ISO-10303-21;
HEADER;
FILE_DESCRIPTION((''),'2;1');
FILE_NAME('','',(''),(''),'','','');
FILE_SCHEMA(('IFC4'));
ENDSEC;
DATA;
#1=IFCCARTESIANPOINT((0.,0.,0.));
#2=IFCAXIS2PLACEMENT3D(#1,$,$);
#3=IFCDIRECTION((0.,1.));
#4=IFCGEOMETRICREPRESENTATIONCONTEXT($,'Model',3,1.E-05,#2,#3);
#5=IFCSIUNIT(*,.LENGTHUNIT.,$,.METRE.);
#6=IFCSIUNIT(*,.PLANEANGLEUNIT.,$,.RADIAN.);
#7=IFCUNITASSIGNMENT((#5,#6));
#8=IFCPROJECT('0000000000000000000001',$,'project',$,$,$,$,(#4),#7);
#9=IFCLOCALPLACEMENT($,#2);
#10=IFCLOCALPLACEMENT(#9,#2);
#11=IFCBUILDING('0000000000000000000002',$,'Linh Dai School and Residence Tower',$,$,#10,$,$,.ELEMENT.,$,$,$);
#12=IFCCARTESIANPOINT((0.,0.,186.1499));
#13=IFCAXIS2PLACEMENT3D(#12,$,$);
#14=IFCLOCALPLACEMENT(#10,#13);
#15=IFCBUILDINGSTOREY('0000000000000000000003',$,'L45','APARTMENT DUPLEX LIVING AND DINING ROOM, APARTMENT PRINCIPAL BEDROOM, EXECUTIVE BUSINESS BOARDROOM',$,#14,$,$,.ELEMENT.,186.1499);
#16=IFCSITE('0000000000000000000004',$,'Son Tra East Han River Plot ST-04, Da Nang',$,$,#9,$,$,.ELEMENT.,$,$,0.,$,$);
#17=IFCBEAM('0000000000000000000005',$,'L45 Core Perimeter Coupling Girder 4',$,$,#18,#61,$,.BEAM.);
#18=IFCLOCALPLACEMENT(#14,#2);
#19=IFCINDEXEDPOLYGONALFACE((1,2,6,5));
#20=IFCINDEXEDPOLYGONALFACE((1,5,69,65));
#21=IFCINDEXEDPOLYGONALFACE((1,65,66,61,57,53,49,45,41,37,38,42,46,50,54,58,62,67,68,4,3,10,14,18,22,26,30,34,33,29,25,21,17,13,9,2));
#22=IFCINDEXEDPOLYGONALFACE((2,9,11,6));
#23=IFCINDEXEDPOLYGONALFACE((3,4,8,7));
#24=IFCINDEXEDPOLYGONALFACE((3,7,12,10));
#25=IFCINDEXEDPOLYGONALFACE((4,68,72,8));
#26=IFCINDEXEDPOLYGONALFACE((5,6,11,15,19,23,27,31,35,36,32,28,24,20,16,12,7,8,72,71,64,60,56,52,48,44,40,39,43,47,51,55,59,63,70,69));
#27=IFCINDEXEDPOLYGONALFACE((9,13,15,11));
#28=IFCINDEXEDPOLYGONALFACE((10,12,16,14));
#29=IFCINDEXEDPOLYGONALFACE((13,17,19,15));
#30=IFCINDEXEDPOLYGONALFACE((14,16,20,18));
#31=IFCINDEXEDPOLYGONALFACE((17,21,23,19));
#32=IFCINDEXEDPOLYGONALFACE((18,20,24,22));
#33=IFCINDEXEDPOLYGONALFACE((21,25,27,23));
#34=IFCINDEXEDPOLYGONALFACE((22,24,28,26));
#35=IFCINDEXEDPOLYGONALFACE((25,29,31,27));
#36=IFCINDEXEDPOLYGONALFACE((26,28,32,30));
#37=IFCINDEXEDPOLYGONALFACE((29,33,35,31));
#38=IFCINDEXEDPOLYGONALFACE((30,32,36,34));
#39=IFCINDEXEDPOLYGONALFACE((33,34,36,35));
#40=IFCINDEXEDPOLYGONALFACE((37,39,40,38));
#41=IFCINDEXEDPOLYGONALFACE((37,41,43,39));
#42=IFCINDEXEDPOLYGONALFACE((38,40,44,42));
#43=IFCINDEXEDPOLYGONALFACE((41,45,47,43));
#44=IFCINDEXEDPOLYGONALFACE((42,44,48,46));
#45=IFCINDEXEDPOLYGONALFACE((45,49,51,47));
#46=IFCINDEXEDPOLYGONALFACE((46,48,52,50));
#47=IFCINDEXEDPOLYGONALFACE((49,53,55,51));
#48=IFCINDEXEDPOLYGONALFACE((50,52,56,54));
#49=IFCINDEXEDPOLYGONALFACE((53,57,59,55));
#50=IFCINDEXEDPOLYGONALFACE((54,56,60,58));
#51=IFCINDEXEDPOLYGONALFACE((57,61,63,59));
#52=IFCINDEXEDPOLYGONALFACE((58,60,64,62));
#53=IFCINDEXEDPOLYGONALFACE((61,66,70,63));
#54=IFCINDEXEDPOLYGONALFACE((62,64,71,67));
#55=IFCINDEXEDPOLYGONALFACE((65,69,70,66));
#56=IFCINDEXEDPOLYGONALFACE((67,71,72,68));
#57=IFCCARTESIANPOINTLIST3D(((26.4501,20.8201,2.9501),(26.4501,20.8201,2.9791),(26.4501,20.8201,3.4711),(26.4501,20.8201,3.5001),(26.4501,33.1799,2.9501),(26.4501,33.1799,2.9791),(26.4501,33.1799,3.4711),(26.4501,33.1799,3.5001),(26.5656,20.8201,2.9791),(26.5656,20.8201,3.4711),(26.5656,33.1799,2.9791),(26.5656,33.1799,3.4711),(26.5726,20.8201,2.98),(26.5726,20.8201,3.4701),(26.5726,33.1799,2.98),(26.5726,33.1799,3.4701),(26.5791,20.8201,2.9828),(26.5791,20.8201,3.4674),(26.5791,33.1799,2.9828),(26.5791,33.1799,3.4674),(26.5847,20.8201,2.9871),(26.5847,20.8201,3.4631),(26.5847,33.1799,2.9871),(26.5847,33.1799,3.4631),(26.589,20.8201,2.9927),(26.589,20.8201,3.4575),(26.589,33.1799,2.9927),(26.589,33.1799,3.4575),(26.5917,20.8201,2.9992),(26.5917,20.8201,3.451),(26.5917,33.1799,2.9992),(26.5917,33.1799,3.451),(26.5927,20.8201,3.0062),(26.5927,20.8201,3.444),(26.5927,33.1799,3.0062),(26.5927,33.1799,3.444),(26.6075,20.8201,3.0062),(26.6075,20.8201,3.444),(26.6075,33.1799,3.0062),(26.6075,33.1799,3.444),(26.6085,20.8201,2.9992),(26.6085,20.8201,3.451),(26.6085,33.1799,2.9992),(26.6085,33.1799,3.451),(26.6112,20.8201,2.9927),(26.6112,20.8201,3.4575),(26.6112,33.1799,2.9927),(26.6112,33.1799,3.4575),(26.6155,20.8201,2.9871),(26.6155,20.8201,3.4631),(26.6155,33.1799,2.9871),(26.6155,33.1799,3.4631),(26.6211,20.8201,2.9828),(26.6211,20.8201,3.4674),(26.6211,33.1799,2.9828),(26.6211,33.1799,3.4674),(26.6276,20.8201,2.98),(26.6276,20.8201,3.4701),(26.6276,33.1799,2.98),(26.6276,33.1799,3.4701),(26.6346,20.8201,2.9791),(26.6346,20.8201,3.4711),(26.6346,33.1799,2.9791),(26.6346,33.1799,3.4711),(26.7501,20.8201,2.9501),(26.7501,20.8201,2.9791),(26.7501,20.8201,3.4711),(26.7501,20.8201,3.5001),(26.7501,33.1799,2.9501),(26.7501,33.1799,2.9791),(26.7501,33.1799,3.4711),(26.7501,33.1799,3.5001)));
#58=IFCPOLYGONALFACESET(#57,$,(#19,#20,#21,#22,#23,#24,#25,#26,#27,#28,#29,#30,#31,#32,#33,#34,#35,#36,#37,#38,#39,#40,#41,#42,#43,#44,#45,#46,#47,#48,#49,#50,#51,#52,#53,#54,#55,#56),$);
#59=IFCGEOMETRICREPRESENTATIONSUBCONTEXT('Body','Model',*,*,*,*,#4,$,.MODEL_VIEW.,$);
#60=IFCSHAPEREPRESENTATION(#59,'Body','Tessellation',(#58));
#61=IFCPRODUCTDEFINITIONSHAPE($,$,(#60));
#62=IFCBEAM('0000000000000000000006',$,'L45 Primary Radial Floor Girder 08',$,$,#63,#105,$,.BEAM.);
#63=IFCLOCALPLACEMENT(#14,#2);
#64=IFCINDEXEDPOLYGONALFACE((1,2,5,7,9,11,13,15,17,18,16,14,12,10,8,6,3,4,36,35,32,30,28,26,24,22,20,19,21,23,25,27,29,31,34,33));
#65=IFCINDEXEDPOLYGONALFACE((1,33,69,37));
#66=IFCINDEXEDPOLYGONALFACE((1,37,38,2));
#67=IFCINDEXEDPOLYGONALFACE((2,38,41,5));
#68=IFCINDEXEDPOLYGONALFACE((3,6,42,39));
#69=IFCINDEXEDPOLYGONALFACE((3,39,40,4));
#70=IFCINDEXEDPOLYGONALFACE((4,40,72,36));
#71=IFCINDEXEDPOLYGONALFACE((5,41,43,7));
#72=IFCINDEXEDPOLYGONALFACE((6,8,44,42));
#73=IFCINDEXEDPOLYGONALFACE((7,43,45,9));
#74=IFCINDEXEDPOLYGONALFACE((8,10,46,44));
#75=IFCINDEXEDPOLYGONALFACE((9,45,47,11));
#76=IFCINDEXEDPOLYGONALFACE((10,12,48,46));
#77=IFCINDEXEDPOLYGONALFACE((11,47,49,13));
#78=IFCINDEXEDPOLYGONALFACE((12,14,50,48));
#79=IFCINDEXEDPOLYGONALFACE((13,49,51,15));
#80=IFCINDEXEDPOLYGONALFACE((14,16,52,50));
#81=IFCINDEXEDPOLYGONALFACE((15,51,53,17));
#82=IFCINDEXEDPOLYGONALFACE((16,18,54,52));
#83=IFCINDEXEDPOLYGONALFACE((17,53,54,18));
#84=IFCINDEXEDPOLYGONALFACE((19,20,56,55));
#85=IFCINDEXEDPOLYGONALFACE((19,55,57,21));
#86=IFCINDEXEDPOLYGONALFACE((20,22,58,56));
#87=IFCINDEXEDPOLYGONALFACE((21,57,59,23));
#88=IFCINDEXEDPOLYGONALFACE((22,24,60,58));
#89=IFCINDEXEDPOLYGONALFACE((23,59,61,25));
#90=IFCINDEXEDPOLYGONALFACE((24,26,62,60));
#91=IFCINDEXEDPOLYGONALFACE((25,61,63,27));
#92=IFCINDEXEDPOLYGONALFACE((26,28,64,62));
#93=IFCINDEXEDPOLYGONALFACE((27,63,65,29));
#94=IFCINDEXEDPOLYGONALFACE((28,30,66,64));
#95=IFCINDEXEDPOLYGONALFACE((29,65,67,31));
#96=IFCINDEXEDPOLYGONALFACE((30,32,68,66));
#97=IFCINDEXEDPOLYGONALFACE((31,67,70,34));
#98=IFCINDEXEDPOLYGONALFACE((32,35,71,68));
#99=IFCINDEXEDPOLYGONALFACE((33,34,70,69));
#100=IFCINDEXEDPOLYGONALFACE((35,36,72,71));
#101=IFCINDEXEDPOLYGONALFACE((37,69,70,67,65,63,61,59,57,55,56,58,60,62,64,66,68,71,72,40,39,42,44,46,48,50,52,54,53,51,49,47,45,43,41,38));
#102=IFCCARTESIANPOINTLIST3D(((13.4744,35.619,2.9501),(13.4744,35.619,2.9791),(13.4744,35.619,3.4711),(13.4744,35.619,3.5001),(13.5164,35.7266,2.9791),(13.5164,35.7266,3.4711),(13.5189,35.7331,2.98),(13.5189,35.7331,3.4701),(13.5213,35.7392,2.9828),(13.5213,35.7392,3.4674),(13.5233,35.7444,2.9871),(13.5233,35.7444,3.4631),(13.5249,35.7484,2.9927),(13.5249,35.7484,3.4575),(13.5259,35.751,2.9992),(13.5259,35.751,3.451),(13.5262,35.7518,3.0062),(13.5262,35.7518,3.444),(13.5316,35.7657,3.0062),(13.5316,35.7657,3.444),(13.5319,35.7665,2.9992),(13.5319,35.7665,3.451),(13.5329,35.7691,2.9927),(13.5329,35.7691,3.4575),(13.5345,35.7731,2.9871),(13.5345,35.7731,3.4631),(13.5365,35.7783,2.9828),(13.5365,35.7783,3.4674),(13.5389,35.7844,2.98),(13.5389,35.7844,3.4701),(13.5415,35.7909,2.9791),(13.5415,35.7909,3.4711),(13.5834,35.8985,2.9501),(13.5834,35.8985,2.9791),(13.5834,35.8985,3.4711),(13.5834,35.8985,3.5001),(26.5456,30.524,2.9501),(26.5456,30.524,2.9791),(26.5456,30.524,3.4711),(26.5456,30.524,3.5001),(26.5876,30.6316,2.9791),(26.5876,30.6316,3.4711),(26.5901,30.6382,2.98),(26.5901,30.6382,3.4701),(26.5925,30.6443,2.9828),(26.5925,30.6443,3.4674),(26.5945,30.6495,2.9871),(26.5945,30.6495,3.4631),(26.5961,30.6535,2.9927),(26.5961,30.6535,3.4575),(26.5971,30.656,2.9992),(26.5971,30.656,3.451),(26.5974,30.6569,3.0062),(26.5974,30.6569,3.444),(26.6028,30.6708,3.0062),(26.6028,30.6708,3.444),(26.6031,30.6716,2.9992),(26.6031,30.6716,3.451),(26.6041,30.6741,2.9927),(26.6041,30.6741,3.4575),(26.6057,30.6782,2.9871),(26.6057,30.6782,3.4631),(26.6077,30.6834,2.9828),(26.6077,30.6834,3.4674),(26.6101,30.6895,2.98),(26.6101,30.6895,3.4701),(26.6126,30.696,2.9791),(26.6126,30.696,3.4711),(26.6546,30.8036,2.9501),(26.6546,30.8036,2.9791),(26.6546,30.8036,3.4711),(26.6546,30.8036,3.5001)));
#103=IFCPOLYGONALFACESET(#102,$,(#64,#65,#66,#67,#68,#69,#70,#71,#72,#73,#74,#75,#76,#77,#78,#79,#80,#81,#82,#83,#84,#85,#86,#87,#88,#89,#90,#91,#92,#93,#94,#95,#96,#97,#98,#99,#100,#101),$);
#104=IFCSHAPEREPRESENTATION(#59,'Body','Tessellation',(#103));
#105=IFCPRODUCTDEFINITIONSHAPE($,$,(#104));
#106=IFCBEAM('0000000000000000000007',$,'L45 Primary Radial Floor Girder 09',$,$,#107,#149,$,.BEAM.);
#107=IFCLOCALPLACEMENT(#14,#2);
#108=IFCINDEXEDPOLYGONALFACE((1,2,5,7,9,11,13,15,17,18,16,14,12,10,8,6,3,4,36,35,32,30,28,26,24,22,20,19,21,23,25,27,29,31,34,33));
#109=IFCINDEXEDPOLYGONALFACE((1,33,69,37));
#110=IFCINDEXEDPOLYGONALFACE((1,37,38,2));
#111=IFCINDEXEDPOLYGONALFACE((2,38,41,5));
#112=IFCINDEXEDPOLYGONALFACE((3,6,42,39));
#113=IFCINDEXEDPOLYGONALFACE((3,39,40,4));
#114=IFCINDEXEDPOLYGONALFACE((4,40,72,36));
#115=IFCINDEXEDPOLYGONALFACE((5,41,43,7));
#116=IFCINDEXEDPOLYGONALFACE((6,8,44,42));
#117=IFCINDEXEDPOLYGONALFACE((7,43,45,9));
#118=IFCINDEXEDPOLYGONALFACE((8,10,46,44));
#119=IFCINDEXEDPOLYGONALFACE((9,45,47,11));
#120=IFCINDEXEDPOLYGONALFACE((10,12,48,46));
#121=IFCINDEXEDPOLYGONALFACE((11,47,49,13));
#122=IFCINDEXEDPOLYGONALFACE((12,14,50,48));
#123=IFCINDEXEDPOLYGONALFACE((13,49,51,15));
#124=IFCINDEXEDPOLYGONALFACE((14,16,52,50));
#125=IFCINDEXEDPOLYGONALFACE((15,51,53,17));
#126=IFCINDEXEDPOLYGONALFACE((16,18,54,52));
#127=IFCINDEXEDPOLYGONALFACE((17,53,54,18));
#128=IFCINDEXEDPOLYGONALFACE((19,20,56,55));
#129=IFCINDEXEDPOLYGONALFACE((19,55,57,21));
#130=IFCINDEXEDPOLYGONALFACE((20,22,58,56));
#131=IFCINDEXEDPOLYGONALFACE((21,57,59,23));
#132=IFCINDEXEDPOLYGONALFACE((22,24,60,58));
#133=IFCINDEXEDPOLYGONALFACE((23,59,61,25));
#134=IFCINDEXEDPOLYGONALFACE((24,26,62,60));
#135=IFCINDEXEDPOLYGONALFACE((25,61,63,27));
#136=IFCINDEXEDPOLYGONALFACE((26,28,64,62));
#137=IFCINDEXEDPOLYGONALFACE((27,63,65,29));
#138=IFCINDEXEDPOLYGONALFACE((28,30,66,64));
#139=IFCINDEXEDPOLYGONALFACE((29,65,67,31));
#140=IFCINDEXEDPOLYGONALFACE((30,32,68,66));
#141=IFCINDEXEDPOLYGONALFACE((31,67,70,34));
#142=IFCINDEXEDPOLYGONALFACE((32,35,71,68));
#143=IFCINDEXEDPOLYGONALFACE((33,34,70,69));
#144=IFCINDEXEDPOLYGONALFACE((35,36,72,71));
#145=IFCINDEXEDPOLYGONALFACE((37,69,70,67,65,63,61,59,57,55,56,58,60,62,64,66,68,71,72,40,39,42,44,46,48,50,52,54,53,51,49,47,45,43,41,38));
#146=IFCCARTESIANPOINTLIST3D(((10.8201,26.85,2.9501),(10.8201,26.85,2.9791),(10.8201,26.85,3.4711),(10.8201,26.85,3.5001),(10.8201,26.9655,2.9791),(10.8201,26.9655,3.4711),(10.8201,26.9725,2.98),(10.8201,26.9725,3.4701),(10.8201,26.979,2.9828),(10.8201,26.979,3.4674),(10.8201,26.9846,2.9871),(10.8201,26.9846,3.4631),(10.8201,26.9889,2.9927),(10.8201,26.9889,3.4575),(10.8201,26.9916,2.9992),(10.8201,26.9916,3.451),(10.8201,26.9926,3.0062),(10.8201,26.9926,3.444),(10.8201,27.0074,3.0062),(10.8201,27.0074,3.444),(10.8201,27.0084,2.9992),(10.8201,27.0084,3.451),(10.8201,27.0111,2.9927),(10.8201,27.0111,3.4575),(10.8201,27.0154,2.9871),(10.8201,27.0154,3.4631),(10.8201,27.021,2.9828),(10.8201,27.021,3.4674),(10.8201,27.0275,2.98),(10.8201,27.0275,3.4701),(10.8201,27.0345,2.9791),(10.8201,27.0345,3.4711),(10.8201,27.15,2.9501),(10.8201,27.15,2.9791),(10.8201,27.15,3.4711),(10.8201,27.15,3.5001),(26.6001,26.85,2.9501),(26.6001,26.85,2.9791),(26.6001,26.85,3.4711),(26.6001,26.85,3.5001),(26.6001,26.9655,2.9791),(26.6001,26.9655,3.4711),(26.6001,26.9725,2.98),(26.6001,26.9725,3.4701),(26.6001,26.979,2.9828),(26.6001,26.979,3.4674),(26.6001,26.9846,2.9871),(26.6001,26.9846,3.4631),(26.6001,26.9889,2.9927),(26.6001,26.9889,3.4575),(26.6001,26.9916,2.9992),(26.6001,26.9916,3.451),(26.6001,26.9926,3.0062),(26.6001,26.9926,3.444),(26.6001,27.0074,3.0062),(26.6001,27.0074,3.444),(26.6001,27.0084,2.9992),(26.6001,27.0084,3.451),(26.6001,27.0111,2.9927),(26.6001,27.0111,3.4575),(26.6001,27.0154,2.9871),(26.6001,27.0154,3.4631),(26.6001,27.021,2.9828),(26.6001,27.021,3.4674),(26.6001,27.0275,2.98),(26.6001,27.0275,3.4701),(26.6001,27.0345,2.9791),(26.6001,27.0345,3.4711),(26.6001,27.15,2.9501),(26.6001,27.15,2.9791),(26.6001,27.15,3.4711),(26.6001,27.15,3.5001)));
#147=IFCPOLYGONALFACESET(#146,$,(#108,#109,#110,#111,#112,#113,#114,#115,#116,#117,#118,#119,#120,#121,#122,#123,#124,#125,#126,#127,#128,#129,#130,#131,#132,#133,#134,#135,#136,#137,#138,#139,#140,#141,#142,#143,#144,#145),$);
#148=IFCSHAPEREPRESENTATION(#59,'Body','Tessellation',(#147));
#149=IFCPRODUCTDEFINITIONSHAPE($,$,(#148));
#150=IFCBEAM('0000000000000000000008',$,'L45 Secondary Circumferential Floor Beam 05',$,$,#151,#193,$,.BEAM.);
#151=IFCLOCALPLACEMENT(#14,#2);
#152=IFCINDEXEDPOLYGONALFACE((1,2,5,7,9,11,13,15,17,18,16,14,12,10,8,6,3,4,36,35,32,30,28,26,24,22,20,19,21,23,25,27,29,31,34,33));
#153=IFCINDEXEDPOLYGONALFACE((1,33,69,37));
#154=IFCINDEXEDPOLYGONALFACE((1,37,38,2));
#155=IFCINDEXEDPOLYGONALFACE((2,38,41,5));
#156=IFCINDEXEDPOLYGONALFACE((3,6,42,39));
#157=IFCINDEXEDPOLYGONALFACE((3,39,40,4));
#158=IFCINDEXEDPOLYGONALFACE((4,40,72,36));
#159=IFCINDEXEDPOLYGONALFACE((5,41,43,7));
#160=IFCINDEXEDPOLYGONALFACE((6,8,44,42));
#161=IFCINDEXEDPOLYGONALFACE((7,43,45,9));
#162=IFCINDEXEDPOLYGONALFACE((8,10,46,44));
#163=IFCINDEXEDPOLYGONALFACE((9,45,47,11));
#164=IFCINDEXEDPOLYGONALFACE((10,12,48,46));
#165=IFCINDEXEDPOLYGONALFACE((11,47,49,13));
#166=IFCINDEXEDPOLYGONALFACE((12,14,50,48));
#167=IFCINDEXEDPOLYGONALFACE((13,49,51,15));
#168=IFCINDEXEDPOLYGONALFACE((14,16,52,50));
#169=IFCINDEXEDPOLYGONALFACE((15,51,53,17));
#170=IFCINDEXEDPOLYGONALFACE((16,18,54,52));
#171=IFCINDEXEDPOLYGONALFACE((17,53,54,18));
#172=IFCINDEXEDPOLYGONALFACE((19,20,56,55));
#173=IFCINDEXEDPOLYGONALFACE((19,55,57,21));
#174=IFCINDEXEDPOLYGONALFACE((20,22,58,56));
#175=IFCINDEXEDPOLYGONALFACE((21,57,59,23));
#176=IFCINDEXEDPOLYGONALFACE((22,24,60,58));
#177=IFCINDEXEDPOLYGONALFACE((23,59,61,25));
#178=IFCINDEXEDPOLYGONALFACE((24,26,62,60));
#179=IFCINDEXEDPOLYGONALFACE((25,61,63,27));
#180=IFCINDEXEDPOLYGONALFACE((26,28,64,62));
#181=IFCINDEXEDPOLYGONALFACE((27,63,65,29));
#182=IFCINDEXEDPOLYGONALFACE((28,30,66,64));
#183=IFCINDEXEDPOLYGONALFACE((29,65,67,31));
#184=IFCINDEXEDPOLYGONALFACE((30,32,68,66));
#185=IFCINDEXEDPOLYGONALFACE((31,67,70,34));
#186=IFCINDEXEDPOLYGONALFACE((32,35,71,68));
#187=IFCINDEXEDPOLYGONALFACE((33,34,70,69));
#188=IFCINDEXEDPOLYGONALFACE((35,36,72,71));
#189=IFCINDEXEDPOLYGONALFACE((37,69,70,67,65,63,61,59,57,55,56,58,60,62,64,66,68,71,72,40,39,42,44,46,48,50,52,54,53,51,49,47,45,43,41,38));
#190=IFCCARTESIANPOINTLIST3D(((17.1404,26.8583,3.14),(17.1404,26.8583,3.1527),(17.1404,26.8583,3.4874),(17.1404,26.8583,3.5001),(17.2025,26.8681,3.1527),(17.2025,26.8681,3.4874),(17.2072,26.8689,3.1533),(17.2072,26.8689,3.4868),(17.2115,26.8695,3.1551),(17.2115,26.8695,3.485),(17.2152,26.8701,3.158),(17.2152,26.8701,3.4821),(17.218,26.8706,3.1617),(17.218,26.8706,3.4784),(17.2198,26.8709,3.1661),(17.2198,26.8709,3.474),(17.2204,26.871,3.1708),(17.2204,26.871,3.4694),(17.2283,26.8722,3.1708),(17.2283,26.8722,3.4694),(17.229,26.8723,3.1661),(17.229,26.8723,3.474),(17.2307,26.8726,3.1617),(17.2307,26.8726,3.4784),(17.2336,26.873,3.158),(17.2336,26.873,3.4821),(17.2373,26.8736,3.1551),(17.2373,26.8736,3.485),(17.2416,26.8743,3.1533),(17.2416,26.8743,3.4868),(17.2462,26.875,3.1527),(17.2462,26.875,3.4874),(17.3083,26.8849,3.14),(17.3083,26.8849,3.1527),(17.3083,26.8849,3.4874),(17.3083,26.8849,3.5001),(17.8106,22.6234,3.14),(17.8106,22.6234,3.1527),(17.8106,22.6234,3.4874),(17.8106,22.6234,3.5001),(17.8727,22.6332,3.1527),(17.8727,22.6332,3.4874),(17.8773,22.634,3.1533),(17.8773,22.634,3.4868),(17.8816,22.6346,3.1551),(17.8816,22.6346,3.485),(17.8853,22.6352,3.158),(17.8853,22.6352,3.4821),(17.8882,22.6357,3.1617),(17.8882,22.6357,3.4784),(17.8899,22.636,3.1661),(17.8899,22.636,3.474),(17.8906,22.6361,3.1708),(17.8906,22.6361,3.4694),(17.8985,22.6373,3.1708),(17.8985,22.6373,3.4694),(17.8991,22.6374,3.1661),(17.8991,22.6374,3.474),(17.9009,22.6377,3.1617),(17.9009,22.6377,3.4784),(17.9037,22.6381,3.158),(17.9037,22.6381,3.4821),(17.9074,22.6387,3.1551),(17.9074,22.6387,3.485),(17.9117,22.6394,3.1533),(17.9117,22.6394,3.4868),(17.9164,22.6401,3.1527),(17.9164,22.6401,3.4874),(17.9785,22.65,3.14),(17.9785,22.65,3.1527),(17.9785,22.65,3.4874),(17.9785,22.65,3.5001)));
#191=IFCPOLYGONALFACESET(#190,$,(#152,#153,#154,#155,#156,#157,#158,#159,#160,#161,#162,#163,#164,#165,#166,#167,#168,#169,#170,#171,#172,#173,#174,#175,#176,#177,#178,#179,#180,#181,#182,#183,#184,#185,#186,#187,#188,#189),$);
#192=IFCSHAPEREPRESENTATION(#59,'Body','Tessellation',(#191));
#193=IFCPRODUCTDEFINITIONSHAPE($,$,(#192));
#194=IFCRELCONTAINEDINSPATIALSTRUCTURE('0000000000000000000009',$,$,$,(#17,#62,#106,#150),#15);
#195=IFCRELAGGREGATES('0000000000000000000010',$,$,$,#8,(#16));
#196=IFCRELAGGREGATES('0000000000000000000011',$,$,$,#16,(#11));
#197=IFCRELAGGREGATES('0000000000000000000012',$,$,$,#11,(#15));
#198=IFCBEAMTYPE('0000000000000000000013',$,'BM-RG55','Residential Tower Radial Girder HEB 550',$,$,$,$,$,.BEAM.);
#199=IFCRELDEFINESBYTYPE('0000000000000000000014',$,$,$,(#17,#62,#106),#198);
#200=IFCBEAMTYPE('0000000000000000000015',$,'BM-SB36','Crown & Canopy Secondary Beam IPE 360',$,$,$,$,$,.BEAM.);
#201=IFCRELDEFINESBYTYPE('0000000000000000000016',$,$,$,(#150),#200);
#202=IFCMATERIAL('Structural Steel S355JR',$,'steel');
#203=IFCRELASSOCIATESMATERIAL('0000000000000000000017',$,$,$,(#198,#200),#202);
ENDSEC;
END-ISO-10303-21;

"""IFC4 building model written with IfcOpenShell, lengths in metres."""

from ifc_helpers import new_model, si_unit, direction, frame, origin, origin_2d, place, context, subcontext, project, spatial, i_section, extrude, material, material_profile, profile_set, type_object, element, save


model = new_model("IFC4")

# Units and contexts
model_context = context("Model", 3, precision=1e-05, world=origin(), true_north=direction((0.0, 1.0)))
body_context = subcontext(model_context, "Body", "Model", "MODEL_VIEW")
ifc_project = project(units=[si_unit("LENGTHUNIT", "METRE"), si_unit("PLANEANGLEUNIT", "RADIAN")], contexts=[model_context])

# Site, building, storey
site_placement = place(None, origin())
site = spatial("IfcSite", under=ifc_project, at=site_placement, Name="Son Tra East Han River Plot ST-04, Da Nang", CompositionType="ELEMENT", RefElevation=0.0)
building_placement = place(site_placement, origin())
building = spatial("IfcBuilding", under=site, at=building_placement, Name="Linh Dai School and Residence Tower", CompositionType="ELEMENT")
storey_placement = place(building_placement, frame((0.0, 0.0, 186.1499)))
storey = spatial("IfcBuildingStorey", under=building, at=storey_placement, Name="L45", Description="APARTMENT DUPLEX LIVING AND DINING ROOM, APARTMENT PRINCIPAL BEDROOM, EXECUTIVE BUSINESS BOARDROOM", CompositionType="ELEMENT", Elevation=186.1499)

# Shared definitions
ifc_material_1 = material(Name="Structural Steel S355JR", Category="steel")

# Beams
ifc_material_profile_1 = material_profile(ifc_material_1, i_section(OverallWidth=0.3, OverallDepth=0.55, WebThickness=0.0149, FlangeThickness=0.0291, FilletRadius=0.0271, at=origin_2d()), Name="HEB 550")
ifc_profile_set_1 = profile_set([ifc_material_profile_1], Name="Structural Steel S355JR")
beam_type_1 = type_object("IfcBeamType", Name="BM-RG55", Description="Residential Tower Radial Girder HEB 550", PredefinedType="BEAM", material=ifc_profile_set_1)
beam_1_placement = place(storey_placement, frame((26.6001, 33.1799, 3.2251), z_axis=(0.0, -1.0, 0.0), x_axis=(1.0, 0.0, 0.0)))
element("IfcBeam", 1, at=beam_1_placement, inside=storey, type_object=beam_type_1, Name="L45 Core Perimeter Coupling Girder 4", PredefinedType="BEAM", context=body_context, shape_type="SweptSolid", body=[
    extrude(i_section(OverallWidth=0.3, OverallDepth=0.55, WebThickness=0.0149, FlangeThickness=0.0291, FilletRadius=0.0271, at=origin_2d()), origin(), (0.0, 0.0, 1.0), 12.3599),
])
beam_2_placement = place(storey_placement, frame((26.6001, 30.6638, 3.2251), z_axis=(-0.931723, 0.36317, 0.0), x_axis=(-0.36317, -0.931723, 0.0)))
element("IfcBeam", 2, at=beam_2_placement, inside=storey, type_object=beam_type_1, Name="L45 Primary Radial Floor Girder 08", PredefinedType="BEAM", context=body_context, shape_type="SweptSolid", body=[
    extrude(i_section(OverallWidth=0.3, OverallDepth=0.55, WebThickness=0.0149, FlangeThickness=0.0291, FilletRadius=0.0271, at=origin_2d()), origin(), (0.0, 0.0, 1.0), 14.0291),
])
beam_3_placement = place(storey_placement, frame((26.6001, 27.0, 3.2251), z_axis=(-1.0, 0.0, 0.0), x_axis=(0.0, -1.0, 0.0)))
element("IfcBeam", 3, at=beam_3_placement, inside=storey, type_object=beam_type_1, Name="L45 Primary Radial Floor Girder 09", PredefinedType="BEAM", context=body_context, shape_type="SweptSolid", body=[
    extrude(i_section(OverallWidth=0.3, OverallDepth=0.55, WebThickness=0.0149, FlangeThickness=0.0291, FilletRadius=0.0271, at=origin_2d()), origin(), (0.0, 0.0, 1.0), 15.78),
])
ifc_material_profile_2 = material_profile(ifc_material_1, i_section(OverallWidth=0.1699, OverallDepth=0.3601, WebThickness=0.0081, FlangeThickness=0.0127, FilletRadius=0.0181, at=origin_2d()), Name="IPE 360")
ifc_profile_set_2 = profile_set([ifc_material_profile_2], Name="Structural Steel S355JR")
beam_type_2 = type_object("IfcBeamType", Name="BM-SB36", Description="Crown & Canopy Secondary Beam IPE 360", PredefinedType="BEAM", material=ifc_profile_set_2)
beam_4_placement = place(storey_placement, frame((17.2244, 26.8716, 3.3201), z_axis=(0.156305, -0.987709, 0.0), x_axis=(0.987709, 0.156305, 0.0)))
element("IfcBeam", 4, at=beam_4_placement, inside=storey, type_object=beam_type_2, Name="L45 Secondary Circumferential Floor Beam 05", PredefinedType="BEAM", context=body_context, shape_type="SweptSolid", body=[
    extrude(i_section(OverallWidth=0.1699, OverallDepth=0.3601, WebThickness=0.0081, FlangeThickness=0.0127, FilletRadius=0.0181, at=origin_2d()), origin(), (0.0, 0.0, 1.0), 4.2876),
])

save(model, "model.ifc")
